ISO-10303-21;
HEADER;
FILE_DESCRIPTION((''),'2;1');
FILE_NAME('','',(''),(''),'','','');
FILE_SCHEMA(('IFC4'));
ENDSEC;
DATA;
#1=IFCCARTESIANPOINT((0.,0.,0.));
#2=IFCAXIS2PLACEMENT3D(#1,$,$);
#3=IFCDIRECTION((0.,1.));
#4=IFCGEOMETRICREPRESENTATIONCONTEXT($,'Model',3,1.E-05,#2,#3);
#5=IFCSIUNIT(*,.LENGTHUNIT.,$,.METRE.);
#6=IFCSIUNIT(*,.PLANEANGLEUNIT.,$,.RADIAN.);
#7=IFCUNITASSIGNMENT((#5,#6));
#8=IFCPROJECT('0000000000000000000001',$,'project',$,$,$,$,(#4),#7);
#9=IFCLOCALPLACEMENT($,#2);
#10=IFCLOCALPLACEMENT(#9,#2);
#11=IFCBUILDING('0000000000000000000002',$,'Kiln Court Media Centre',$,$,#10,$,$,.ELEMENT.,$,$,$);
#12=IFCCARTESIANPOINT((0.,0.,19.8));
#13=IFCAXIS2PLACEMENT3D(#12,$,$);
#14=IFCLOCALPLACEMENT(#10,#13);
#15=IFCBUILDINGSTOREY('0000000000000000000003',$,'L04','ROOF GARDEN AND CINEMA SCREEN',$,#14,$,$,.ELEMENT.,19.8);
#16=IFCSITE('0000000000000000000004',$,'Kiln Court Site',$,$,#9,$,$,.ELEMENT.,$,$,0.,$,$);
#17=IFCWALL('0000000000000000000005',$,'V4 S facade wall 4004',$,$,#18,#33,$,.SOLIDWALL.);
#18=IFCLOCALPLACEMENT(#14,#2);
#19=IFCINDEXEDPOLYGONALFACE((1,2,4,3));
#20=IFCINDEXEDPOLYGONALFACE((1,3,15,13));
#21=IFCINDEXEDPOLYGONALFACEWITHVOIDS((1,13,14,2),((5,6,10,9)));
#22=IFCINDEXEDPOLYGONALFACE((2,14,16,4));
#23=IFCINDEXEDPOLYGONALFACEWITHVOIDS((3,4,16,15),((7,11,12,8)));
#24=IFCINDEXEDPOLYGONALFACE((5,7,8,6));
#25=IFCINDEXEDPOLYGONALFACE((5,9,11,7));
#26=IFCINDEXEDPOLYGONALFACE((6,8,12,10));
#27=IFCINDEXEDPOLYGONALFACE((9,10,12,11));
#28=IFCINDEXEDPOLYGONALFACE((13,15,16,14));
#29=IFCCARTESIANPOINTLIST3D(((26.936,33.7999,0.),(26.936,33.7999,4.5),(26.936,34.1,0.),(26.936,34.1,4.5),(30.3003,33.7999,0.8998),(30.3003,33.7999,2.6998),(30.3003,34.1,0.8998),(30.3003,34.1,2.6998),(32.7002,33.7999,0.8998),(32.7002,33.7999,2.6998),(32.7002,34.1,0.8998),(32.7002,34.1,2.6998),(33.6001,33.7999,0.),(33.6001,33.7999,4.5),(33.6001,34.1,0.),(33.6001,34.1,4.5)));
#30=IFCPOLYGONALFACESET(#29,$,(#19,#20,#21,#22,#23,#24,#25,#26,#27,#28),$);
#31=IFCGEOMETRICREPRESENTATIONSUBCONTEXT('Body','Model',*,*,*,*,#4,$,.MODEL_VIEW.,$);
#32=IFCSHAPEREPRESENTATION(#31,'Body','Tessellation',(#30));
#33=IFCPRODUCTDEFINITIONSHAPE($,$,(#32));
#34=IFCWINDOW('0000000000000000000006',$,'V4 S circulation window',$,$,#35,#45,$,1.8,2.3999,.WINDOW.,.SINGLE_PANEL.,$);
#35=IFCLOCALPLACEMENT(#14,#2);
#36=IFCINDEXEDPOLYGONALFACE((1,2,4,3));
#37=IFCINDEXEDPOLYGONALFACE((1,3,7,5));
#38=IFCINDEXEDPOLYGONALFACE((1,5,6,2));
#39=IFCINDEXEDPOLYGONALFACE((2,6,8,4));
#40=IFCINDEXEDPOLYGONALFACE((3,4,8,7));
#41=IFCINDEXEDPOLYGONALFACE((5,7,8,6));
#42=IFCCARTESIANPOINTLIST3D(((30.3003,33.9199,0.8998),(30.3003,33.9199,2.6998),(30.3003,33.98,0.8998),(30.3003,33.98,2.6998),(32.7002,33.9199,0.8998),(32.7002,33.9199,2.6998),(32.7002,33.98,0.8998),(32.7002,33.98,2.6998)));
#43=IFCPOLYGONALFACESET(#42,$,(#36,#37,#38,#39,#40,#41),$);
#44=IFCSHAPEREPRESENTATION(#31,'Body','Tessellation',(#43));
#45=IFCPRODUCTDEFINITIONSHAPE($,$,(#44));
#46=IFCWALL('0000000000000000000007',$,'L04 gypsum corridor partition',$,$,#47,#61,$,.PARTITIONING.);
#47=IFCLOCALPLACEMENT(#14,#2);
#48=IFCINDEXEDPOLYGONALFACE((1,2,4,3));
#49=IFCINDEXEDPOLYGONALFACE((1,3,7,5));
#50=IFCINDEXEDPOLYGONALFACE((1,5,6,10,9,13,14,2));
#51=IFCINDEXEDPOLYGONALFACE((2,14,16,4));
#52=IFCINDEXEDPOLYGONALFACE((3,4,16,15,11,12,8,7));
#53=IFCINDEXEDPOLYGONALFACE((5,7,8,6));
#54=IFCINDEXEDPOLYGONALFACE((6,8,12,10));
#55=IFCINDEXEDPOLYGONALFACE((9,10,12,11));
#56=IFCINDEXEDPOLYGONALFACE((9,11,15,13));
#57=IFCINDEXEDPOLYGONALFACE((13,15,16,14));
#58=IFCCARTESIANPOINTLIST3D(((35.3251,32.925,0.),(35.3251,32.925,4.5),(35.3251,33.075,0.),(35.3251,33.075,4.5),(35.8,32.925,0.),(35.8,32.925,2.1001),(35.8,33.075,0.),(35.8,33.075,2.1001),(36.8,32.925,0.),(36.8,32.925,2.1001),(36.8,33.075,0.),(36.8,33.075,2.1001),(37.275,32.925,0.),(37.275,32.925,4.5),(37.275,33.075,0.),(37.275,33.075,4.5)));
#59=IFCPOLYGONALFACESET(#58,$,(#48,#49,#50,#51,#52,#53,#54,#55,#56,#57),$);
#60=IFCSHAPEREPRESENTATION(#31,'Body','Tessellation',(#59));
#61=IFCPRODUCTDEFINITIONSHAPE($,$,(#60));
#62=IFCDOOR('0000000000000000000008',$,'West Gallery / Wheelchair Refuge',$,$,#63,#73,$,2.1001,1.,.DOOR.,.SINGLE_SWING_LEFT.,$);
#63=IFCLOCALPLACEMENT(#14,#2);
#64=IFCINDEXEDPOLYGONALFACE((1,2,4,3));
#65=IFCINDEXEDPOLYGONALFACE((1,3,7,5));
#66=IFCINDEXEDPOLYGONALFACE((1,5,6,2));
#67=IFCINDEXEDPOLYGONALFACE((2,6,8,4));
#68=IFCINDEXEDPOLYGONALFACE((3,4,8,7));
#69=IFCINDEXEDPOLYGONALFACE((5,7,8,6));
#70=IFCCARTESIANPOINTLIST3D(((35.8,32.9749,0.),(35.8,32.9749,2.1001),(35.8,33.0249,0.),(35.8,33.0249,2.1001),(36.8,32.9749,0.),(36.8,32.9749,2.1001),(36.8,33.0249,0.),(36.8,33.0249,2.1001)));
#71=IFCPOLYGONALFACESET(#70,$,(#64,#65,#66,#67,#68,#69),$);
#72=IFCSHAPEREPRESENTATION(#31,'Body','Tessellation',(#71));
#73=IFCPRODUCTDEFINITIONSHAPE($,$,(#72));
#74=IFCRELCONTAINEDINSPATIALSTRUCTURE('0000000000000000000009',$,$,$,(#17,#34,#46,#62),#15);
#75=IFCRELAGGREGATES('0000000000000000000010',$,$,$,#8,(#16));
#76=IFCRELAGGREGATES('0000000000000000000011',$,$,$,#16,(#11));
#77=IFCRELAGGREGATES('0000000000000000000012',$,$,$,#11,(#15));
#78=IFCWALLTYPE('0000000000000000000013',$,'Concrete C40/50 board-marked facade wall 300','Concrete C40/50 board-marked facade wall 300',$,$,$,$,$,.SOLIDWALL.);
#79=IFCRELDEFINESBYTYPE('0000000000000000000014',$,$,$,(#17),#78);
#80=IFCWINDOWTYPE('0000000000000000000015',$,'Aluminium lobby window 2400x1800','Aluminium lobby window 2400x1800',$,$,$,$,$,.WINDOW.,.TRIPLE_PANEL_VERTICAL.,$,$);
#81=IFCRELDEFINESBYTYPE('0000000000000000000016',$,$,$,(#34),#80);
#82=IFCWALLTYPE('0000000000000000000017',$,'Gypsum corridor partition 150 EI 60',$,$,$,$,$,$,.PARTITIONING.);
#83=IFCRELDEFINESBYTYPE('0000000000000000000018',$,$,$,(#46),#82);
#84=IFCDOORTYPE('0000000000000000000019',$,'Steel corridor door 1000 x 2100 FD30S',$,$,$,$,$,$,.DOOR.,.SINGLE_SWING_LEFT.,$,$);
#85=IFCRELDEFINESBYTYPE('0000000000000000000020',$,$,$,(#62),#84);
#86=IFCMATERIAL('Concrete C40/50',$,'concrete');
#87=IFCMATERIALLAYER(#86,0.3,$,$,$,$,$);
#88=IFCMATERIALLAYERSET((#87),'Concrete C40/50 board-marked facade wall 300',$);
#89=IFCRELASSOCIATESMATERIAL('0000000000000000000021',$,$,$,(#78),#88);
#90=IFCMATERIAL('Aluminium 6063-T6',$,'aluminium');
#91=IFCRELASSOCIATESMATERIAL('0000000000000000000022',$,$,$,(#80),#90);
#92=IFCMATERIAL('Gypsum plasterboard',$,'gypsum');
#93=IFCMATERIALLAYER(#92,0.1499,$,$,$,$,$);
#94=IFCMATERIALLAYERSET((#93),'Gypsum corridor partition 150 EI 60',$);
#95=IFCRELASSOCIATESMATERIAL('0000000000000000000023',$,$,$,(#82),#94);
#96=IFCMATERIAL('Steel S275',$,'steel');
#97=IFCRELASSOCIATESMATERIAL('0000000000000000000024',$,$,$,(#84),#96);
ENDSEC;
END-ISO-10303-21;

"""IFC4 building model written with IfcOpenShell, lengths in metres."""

from ifc_helpers import new_model, si_unit, direction, frame, frame_2d, origin, place, context, subcontext, project, spatial, rectangle, extrude, material, layer, layer_set, type_object, element, fill, save


model = new_model("IFC4")

# Units and contexts
model_context = context("Model", 3, precision=1e-05, world=origin(), true_north=direction((0.0, 1.0)))
body_context = subcontext(model_context, "Body", "Model", "MODEL_VIEW")
ifc_project = project(units=[si_unit("LENGTHUNIT", "METRE"), si_unit("PLANEANGLEUNIT", "RADIAN")], contexts=[model_context])

# Site, building, storey
site_placement = place(None, origin())
site = spatial("IfcSite", under=ifc_project, at=site_placement, Name="Kiln Court Site", CompositionType="ELEMENT", RefElevation=0.0)
building_placement = place(site_placement, origin())
building = spatial("IfcBuilding", under=site, at=building_placement, Name="Kiln Court Media Centre", CompositionType="ELEMENT")
storey_placement = place(building_placement, frame((0.0, 0.0, 19.8)))
storey = spatial("IfcBuildingStorey", under=building, at=storey_placement, Name="L04", Description="ROOF GARDEN AND CINEMA SCREEN", CompositionType="ELEMENT", Elevation=19.8)

# Wall, opening, window
ifc_material_1 = material(Name="Concrete C40/50", Category="concrete")
ifc_layer_1 = layer(ifc_material_1, 0.3)
ifc_layer_set_1 = layer_set([ifc_layer_1], Name="Concrete C40/50 board-marked facade wall 300")
wall_type_1 = type_object("IfcWallType", Name="Concrete C40/50 board-marked facade wall 300", Description="Concrete C40/50 board-marked facade wall 300", PredefinedType="SOLIDWALL", material=ifc_layer_set_1)
wall_1_placement = place(storey_placement, frame((33.6001, 33.95, 0.0), z_axis=(0.0, 0.0, 1.0), x_axis=(-1.0, 0.0, 0.0)))
wall_1 = element("IfcWall", 1, at=wall_1_placement, inside=storey, type_object=wall_type_1, Name="V4 S facade wall 4004", PredefinedType="SOLIDWALL", context=body_context, shape_type="SweptSolid", body=[
    extrude(rectangle(XDim=6.6641, YDim=0.3, at=frame_2d((3.332, 0.0))), origin(), (0.0, 0.0, 1.0), 4.5),
])
opening_1_placement = place(wall_1_placement, frame((0.8999, 0.0, 0.8999)))
opening_1 = element("IfcOpeningElement", 2, at=opening_1_placement, cuts=wall_1, PredefinedType="OPENING", context=body_context, shape_type="SweptSolid", body=[
    extrude(rectangle(XDim=2.3999, YDim=1.8, at=frame_2d((1.2, 0.8999))), frame((0.0, 0.1599, 0.0), z_axis=(0.0, -1.0, 0.0), x_axis=(1.0, 0.0, 0.0)), (0.0, 0.0, 1.0), 0.3201),
])
ifc_material_2 = material(Name="Aluminium 6063-T6", Category="aluminium")
window_type = type_object("IfcWindowType", Name="Aluminium lobby window 2400x1800", Description="Aluminium lobby window 2400x1800", PartitioningType="TRIPLE_PANEL_VERTICAL", PredefinedType="WINDOW", material=ifc_material_2)
window_placement = place(opening_1_placement, origin())
window = element("IfcWindow", 3, at=window_placement, inside=storey, type_object=window_type, Name="V4 S circulation window", OverallHeight=1.8, OverallWidth=2.3999, PartitioningType="SINGLE_PANEL", PredefinedType="WINDOW", context=body_context, shape_type="SweptSolid", body=[
    extrude(rectangle(XDim=2.3999, YDim=1.8, at=frame_2d((1.2, 0.8999))), frame((0.0, 0.03, 0.0), z_axis=(0.0, -1.0, 0.0), x_axis=(1.0, 0.0, 0.0)), (0.0, 0.0, 1.0), 0.0601),
])
fill(opening_1, window)

# Wall, opening, door
ifc_material_3 = material(Name="Gypsum plasterboard", Category="gypsum")
ifc_layer_2 = layer(ifc_material_3, 0.1499)
ifc_layer_set_2 = layer_set([ifc_layer_2], Name="Gypsum corridor partition 150 EI 60")
wall_type_2 = type_object("IfcWallType", Name="Gypsum corridor partition 150 EI 60", PredefinedType="PARTITIONING", material=ifc_layer_set_2)
wall_2_placement = place(storey_placement, frame((35.325, 33.0, 0.0), z_axis=(0.0, 0.0, 1.0), x_axis=(1.0, 0.0, 0.0)))
wall_2 = element("IfcWall", 4, at=wall_2_placement, inside=storey, type_object=wall_type_2, Name="L04 gypsum corridor partition", PredefinedType="PARTITIONING", context=body_context, shape_type="SweptSolid", body=[
    extrude(rectangle(XDim=1.95, YDim=0.1499, at=frame_2d((0.9751, 0.0))), origin(), (0.0, 0.0, 1.0), 4.5),
])
opening_2_placement = place(wall_2_placement, frame((0.4751, 0.0, 0.0)))
opening_2 = element("IfcOpeningElement", 5, at=opening_2_placement, cuts=wall_2, PredefinedType="OPENING", context=body_context, shape_type="SweptSolid", body=[
    extrude(rectangle(XDim=1.0, YDim=2.1001, at=frame_2d((0.5, 1.05))), frame((0.0, 0.085, 0.0), z_axis=(0.0, -1.0, 0.0), x_axis=(1.0, 0.0, 0.0)), (0.0, 0.0, 1.0), 0.1699),
])
ifc_material_4 = material(Name="Steel S275", Category="steel")
door_type = type_object("IfcDoorType", Name="Steel corridor door 1000 x 2100 FD30S", OperationType="SINGLE_SWING_LEFT", PredefinedType="DOOR", material=ifc_material_4)
door_placement = place(opening_2_placement, origin())
door = element("IfcDoor", 6, at=door_placement, inside=storey, type_object=door_type, Name="West Gallery / Wheelchair Refuge", OperationType="SINGLE_SWING_LEFT", OverallHeight=2.1001, OverallWidth=1.0, PredefinedType="DOOR", context=body_context, shape_type="SweptSolid", body=[
    extrude(rectangle(XDim=1.0, YDim=2.1001, at=frame_2d((0.5, 1.05))), frame((0.0, 0.0249, 0.0), z_axis=(0.0, -1.0, 0.0), x_axis=(1.0, 0.0, 0.0)), (0.0, 0.0, 1.0), 0.05),
])
fill(opening_2, door)

save(model, "model.ifc")
